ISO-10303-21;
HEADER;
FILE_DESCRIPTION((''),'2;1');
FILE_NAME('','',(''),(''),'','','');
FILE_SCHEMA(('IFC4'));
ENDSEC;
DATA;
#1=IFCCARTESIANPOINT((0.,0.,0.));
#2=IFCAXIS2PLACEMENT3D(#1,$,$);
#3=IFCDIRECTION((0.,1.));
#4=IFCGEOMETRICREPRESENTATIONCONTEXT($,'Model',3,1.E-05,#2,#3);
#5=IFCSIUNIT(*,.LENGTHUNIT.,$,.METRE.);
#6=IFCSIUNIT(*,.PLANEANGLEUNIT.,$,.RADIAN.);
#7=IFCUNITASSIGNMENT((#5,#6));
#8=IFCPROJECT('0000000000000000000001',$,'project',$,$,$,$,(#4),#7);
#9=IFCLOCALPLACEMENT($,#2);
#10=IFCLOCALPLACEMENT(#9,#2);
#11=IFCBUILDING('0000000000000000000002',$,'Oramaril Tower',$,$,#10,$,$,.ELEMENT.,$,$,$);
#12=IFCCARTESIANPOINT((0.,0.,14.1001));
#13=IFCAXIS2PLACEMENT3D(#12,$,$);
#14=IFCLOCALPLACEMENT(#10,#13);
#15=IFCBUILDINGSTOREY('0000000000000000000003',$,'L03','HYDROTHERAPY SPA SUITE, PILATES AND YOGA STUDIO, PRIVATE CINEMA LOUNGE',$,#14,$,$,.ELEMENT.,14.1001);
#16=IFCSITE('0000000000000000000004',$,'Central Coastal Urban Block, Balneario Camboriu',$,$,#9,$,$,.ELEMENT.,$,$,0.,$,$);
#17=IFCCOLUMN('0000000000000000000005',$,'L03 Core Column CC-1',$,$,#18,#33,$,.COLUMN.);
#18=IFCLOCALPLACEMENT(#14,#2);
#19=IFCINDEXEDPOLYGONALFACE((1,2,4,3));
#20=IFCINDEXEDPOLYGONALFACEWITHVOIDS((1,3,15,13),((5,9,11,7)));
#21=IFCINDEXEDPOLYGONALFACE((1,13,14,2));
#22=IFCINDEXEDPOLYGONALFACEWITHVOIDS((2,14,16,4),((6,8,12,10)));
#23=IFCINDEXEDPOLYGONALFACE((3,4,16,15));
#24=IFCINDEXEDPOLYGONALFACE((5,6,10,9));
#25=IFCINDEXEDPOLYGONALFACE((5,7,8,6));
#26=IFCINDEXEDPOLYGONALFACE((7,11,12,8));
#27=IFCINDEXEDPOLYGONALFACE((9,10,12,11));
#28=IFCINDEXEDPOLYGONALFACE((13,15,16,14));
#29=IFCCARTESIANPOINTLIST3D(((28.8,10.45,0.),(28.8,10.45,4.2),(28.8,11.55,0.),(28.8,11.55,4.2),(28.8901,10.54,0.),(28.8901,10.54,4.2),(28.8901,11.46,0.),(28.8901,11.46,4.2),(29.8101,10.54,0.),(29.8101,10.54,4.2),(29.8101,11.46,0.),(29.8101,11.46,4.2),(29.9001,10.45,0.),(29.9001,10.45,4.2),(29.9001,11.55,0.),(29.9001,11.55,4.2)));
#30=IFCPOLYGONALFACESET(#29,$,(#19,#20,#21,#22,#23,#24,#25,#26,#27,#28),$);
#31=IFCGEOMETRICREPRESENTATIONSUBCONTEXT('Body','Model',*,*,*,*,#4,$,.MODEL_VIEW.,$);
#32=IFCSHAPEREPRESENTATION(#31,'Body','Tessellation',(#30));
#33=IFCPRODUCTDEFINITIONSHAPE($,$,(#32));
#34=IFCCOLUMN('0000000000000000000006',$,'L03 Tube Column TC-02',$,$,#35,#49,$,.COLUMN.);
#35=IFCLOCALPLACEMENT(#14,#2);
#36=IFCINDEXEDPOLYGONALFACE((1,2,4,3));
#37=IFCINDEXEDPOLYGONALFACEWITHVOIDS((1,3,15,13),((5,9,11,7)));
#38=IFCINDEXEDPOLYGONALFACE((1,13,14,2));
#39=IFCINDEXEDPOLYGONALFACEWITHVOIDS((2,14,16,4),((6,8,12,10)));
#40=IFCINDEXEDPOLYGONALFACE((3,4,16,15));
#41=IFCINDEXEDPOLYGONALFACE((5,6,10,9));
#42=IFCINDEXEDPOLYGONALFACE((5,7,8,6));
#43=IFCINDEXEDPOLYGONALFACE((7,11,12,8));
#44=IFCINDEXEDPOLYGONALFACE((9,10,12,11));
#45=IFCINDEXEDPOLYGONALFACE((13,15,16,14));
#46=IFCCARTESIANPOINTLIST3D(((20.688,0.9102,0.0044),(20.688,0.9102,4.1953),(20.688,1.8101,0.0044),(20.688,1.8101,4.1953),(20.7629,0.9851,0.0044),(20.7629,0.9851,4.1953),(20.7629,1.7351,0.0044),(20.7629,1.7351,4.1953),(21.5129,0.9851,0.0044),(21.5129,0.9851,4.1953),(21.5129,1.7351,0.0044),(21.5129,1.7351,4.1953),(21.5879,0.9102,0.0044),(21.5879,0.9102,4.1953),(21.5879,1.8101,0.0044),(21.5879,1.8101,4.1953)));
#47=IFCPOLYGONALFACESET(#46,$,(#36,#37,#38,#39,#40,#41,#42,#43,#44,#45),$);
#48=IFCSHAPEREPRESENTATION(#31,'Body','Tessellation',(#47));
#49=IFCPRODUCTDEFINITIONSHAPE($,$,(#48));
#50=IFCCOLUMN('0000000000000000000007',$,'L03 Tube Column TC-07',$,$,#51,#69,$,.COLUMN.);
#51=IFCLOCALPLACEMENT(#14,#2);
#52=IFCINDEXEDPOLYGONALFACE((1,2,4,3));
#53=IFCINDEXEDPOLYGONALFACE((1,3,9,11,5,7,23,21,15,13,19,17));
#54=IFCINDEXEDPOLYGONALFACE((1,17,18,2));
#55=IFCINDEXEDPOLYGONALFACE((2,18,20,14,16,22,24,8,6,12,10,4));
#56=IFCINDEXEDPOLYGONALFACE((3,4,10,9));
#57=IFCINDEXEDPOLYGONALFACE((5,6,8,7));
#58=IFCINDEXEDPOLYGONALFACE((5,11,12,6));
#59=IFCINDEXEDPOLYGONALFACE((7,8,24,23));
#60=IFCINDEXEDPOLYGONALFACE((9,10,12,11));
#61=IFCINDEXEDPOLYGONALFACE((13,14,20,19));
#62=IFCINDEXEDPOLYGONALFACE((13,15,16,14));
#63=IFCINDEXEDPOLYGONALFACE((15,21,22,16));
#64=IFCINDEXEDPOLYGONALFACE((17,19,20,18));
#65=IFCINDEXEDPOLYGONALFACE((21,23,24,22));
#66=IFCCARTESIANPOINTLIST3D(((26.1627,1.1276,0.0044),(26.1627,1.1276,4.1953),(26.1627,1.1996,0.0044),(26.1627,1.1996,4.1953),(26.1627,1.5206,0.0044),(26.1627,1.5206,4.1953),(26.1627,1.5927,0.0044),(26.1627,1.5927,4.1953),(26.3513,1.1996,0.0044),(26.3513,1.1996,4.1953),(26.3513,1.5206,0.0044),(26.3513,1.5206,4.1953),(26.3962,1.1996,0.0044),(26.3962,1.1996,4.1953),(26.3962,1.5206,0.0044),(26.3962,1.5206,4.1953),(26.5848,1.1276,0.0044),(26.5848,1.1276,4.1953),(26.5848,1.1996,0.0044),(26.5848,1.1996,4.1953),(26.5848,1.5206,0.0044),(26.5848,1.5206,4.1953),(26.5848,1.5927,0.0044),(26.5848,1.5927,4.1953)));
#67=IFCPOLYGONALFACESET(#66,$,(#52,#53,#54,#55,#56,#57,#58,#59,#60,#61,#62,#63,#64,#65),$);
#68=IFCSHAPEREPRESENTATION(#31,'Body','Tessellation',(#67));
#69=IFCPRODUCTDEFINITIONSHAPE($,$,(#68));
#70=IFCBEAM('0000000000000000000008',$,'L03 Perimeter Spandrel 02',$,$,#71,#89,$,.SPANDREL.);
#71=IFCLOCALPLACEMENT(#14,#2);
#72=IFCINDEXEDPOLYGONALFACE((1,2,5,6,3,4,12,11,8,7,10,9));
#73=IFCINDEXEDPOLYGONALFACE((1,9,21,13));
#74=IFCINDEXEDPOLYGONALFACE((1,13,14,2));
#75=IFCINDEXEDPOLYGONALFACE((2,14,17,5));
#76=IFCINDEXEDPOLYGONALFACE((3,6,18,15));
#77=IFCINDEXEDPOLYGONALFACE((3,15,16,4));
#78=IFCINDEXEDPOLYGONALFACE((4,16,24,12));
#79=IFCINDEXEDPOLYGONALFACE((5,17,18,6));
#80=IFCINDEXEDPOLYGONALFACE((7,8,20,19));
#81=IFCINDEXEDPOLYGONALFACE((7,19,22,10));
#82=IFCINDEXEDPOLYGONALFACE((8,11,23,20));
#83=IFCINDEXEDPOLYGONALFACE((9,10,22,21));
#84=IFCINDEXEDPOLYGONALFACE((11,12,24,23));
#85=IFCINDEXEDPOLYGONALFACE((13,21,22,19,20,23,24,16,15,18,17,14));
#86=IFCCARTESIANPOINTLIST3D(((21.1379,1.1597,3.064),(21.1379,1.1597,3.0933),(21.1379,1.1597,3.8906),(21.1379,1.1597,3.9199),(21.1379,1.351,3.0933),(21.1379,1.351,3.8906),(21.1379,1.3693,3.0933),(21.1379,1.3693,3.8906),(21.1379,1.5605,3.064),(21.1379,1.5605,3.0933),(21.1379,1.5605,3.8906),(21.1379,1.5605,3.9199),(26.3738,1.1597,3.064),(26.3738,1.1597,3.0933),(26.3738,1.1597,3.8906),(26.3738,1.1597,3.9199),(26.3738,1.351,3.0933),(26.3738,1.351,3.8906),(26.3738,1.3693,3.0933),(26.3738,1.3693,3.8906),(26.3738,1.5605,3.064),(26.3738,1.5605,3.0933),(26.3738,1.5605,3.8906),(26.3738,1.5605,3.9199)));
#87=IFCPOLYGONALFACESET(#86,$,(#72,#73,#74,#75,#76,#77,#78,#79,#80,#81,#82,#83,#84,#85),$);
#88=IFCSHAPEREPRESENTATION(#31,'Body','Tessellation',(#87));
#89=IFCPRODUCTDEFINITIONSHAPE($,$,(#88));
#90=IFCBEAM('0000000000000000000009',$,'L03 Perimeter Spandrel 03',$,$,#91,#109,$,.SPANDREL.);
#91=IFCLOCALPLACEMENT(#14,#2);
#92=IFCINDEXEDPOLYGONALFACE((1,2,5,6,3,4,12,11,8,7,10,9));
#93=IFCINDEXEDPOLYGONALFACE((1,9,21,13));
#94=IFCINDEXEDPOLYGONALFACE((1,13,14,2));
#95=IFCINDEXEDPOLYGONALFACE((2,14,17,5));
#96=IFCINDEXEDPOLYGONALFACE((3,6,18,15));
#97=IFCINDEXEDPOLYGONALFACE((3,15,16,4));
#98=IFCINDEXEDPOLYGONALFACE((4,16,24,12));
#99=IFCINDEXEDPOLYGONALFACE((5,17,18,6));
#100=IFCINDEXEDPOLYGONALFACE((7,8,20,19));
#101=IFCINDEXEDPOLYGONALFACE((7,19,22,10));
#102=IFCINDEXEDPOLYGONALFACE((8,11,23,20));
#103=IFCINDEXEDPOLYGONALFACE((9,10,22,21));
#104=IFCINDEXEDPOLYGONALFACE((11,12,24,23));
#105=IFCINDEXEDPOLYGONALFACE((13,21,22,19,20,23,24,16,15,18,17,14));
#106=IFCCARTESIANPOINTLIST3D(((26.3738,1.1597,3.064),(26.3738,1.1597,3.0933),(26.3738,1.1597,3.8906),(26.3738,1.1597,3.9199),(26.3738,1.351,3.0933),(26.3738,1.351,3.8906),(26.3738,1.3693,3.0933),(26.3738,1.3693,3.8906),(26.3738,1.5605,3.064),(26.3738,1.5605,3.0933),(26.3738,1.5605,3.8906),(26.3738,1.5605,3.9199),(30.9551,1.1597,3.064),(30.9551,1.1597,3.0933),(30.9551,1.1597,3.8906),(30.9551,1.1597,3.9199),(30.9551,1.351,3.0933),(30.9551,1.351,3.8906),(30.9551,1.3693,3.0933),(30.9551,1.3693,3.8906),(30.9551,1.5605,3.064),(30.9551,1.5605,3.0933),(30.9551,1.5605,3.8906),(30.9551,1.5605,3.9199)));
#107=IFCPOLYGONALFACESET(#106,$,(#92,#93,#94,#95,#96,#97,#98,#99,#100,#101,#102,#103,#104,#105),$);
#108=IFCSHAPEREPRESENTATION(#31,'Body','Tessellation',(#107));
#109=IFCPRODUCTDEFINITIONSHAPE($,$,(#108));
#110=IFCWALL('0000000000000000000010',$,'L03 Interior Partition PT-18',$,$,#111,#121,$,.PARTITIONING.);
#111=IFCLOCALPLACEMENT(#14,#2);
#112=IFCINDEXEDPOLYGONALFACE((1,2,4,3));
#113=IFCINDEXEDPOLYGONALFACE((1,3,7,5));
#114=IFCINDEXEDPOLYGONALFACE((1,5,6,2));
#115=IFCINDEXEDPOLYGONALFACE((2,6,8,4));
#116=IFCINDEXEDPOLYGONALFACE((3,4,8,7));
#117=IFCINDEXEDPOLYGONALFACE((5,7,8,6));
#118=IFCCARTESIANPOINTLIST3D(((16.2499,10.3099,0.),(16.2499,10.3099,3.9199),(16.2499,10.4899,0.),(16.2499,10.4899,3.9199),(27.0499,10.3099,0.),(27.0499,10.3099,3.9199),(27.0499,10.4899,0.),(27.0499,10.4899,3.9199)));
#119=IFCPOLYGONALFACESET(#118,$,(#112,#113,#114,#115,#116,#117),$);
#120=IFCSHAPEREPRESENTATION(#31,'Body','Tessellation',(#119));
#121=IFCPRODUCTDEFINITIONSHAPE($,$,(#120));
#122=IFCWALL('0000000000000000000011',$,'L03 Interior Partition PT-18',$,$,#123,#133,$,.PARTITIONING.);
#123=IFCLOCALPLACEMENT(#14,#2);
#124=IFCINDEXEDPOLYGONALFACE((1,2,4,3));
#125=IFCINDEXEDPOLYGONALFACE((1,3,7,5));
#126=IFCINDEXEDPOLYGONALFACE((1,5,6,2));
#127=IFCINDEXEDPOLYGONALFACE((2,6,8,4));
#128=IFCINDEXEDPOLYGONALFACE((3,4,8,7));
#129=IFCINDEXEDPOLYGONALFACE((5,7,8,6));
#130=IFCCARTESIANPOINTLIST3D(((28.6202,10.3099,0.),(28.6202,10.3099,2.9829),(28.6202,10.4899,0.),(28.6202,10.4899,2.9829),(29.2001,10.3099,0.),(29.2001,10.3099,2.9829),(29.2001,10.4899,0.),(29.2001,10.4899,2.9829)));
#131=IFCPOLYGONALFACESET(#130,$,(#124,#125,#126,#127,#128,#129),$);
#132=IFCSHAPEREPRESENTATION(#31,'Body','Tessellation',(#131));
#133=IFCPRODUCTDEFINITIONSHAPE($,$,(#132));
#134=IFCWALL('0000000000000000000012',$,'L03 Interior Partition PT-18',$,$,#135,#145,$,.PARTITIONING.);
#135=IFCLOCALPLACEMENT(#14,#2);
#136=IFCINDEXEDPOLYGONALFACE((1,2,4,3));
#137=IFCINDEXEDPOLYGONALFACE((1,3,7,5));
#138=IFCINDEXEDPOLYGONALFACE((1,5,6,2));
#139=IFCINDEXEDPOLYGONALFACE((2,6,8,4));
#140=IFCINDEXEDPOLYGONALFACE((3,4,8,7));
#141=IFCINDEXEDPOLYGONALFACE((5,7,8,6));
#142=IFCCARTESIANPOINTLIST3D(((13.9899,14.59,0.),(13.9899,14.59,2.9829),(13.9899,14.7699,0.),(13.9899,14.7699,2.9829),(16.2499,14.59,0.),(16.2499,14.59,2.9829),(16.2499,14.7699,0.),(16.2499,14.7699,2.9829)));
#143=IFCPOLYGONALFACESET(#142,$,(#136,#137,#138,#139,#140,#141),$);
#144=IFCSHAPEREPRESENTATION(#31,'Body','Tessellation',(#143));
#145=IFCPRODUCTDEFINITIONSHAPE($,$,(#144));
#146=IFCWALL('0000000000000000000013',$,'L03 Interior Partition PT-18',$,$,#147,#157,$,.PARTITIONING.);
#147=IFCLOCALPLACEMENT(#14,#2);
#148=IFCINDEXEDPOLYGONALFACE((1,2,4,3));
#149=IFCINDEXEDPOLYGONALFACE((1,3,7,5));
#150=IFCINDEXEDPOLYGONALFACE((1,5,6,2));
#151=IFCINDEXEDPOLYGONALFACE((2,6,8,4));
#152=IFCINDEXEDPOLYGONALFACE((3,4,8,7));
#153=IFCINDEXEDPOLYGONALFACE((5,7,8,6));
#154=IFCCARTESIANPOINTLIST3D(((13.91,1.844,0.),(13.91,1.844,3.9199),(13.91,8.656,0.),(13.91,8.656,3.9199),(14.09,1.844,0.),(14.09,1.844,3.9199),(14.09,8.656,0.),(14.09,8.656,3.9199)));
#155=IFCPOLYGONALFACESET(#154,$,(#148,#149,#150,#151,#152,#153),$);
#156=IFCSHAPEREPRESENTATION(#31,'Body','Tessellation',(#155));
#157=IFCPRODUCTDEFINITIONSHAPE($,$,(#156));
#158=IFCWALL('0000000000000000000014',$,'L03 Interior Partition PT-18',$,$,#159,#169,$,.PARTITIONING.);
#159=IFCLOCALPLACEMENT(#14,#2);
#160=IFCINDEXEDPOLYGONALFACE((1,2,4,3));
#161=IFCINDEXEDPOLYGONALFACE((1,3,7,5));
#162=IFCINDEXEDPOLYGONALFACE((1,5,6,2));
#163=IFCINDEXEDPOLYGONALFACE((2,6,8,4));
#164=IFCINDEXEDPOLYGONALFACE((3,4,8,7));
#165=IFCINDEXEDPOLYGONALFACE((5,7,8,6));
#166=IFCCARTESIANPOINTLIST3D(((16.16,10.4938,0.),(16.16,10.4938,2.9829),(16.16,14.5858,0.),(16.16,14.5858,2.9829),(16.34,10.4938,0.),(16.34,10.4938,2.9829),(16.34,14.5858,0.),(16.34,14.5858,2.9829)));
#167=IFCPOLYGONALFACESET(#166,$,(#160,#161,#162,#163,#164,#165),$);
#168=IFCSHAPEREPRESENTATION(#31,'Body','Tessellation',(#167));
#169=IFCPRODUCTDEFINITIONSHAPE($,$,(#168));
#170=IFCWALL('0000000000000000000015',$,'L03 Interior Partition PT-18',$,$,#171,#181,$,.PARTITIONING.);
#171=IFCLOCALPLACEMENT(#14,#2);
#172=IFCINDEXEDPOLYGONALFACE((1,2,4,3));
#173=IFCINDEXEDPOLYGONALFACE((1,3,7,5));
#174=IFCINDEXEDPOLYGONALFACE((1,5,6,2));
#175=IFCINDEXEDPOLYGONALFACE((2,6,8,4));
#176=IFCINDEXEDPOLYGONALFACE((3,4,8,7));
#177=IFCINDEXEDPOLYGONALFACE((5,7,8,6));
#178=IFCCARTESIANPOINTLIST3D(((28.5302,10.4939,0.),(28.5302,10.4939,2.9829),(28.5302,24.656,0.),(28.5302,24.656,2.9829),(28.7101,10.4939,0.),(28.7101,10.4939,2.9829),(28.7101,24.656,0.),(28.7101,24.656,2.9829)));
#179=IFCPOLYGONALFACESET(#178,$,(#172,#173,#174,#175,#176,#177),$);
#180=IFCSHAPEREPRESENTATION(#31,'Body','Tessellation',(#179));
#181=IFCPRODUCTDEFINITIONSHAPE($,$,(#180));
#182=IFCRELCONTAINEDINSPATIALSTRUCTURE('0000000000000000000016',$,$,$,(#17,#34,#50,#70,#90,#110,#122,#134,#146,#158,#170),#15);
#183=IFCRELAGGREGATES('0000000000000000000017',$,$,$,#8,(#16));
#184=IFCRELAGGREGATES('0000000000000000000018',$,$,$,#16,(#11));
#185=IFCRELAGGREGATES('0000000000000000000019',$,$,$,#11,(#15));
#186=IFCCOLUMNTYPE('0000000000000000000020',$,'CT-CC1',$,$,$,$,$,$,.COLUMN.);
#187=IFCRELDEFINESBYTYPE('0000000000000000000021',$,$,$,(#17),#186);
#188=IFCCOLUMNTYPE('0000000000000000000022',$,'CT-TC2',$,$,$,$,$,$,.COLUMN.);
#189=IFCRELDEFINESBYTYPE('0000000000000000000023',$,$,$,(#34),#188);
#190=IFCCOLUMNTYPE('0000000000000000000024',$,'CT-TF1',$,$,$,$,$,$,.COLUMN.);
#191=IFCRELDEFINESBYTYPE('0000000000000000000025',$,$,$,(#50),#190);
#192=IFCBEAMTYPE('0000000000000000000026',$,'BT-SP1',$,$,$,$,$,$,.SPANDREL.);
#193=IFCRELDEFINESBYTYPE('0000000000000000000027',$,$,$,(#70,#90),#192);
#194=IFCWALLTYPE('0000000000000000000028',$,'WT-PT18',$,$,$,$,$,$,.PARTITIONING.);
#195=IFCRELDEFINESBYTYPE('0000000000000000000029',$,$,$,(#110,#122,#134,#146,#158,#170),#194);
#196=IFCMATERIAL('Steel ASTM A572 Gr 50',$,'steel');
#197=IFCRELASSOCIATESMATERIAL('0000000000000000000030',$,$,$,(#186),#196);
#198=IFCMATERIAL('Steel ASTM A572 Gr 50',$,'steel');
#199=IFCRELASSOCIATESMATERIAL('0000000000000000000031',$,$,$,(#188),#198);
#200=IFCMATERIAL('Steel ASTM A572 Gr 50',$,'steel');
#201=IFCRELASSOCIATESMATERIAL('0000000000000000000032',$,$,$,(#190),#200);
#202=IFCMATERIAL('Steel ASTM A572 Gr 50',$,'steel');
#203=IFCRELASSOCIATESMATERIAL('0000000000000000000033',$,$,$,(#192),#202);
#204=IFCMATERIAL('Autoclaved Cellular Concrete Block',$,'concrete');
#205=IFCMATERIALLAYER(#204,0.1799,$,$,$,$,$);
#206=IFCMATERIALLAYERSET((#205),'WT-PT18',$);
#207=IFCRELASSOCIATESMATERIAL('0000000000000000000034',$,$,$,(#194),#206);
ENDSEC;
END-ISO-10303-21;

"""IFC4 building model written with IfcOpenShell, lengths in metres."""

from ifc_helpers import new_model, si_unit, direction, frame, frame_2d, origin, origin_2d, place, context, subcontext, project, spatial, rectangle, hollow_rectangle, i_section, extrude, material, layer, layer_set, material_profile, profile_set, type_object, element, save


model = new_model("IFC4")

# Units and contexts
model_context = context("Model", 3, precision=1e-05, world=origin(), true_north=direction((0.0, 1.0)))
body_context = subcontext(model_context, "Body", "Model", "MODEL_VIEW")
ifc_project = project(units=[si_unit("LENGTHUNIT", "METRE"), si_unit("PLANEANGLEUNIT", "RADIAN")], contexts=[model_context])

# Site, building, storey
site_placement = place(None, origin())
site = spatial("IfcSite", under=ifc_project, at=site_placement, Name="Central Coastal Urban Block, Balneario Camboriu", CompositionType="ELEMENT", RefElevation=0.0)
building_placement = place(site_placement, origin())
building = spatial("IfcBuilding", under=site, at=building_placement, Name="Oramaril Tower", CompositionType="ELEMENT")
storey_placement = place(building_placement, frame((0.0, 0.0, 14.1001)))
storey = spatial("IfcBuildingStorey", under=building, at=storey_placement, Name="L03", Description="HYDROTHERAPY SPA SUITE, PILATES AND YOGA STUDIO, PRIVATE CINEMA LOUNGE", CompositionType="ELEMENT", Elevation=14.1001)

# Columns
ifc_material_1 = material(Name="Steel ASTM A572 Gr 50", Category="steel")
ifc_material_profile_1 = material_profile(ifc_material_1, hollow_rectangle(XDim=1.1001, YDim=1.1001, WallThickness=0.0901, at=origin_2d()), Name="BOX1100X1100X90")
ifc_profile_set_1 = profile_set([ifc_material_profile_1], Name="Steel ASTM A572 Gr 50")
column_type_1 = type_object("IfcColumnType", Name="CT-CC1", PredefinedType="COLUMN", material=ifc_profile_set_1)
column_1_placement = place(storey_placement, frame((29.3501, 11.0, 0.0), z_axis=(0.0, 0.0, 1.0), x_axis=(1.0, 0.0, 0.0)))
element("IfcColumn", 1, at=column_1_placement, inside=storey, type_object=column_type_1, Name="L03 Core Column CC-1", PredefinedType="COLUMN", context=body_context, shape_type="SweptSolid", body=[
    extrude(hollow_rectangle(XDim=1.1001, YDim=1.1001, WallThickness=0.0901, at=origin_2d()), origin(), (0.0, 0.0, 1.0), 4.2),
])
ifc_material_2 = material(Name="Steel ASTM A572 Gr 50", Category="steel")
ifc_material_profile_2 = material_profile(ifc_material_2, hollow_rectangle(XDim=0.8999, YDim=0.8999, WallThickness=0.075, at=origin_2d()), Name="BOX900X900X75")
ifc_profile_set_2 = profile_set([ifc_material_profile_2], Name="Steel ASTM A572 Gr 50")
column_type_2 = type_object("IfcColumnType", Name="CT-TC2", PredefinedType="COLUMN", material=ifc_profile_set_2)
column_2_placement = place(storey_placement, frame((21.1379, 1.3601, 0.0044), z_axis=(0.0, 0.0, 1.0), x_axis=(1.0, 0.0, 0.0)))
element("IfcColumn", 2, at=column_2_placement, inside=storey, type_object=column_type_2, Name="L03 Tube Column TC-02", PredefinedType="COLUMN", context=body_context, shape_type="SweptSolid", body=[
    extrude(hollow_rectangle(XDim=0.8999, YDim=0.8999, WallThickness=0.075, at=origin_2d()), origin(), (0.0, 0.0, 1.0), 4.1909),
])
ifc_material_3 = material(Name="Steel ASTM A572 Gr 50", Category="steel")
ifc_material_profile_3 = material_profile(ifc_material_3, i_section(OverallWidth=0.4221, OverallDepth=0.4651, WebThickness=0.0449, FlangeThickness=0.072, at=origin_2d()), Name="W14X398")
ifc_profile_set_3 = profile_set([ifc_material_profile_3], Name="Steel ASTM A572 Gr 50")
column_type_3 = type_object("IfcColumnType", Name="CT-TF1", PredefinedType="COLUMN", material=ifc_profile_set_3)
column_3_placement = place(storey_placement, frame((26.3738, 1.3601, 0.0044), z_axis=(0.0, 0.0, 1.0), x_axis=(1.0, 0.0, 0.0)))
element("IfcColumn", 3, at=column_3_placement, inside=storey, type_object=column_type_3, Name="L03 Tube Column TC-07", PredefinedType="COLUMN", context=body_context, shape_type="SweptSolid", body=[
    extrude(i_section(OverallWidth=0.4221, OverallDepth=0.4651, WebThickness=0.0449, FlangeThickness=0.072, at=origin_2d()), origin(), (0.0, 0.0, 1.0), 4.1909),
])

# Beams
ifc_material_4 = material(Name="Steel ASTM A572 Gr 50", Category="steel")
ifc_material_profile_4 = material_profile(ifc_material_4, i_section(OverallWidth=0.4009, OverallDepth=0.856, WebThickness=0.0183, FlangeThickness=0.0293, at=origin_2d()), Name="W33X201")
ifc_profile_set_4 = profile_set([ifc_material_profile_4], Name="Steel ASTM A572 Gr 50")
beam_type = type_object("IfcBeamType", Name="BT-SP1", PredefinedType="SPANDREL", material=ifc_profile_set_4)
beam_1_placement = place(storey_placement, frame((21.1379, 1.3601, 3.4919), z_axis=(1.0, 0.0, 0.0), x_axis=(0.0, 1.0, 0.0)))
element("IfcBeam", 4, at=beam_1_placement, inside=storey, type_object=beam_type, Name="L03 Perimeter Spandrel 02", PredefinedType="SPANDREL", context=body_context, shape_type="SweptSolid", body=[
    extrude(i_section(OverallWidth=0.4009, OverallDepth=0.856, WebThickness=0.0183, FlangeThickness=0.0293, at=origin_2d()), origin(), (0.0, 0.0, 1.0), 5.2358),
])
beam_2_placement = place(storey_placement, frame((26.3738, 1.3601, 3.4919), z_axis=(1.0, 0.0, 0.0), x_axis=(0.0, 1.0, 0.0)))
element("IfcBeam", 5, at=beam_2_placement, inside=storey, type_object=beam_type, Name="L03 Perimeter Spandrel 03", PredefinedType="SPANDREL", context=body_context, shape_type="SweptSolid", body=[
    extrude(i_section(OverallWidth=0.4009, OverallDepth=0.856, WebThickness=0.0183, FlangeThickness=0.0293, at=origin_2d()), origin(), (0.0, 0.0, 1.0), 4.5813),
])

# Shared definitions
ifc_material_5 = material(Name="Autoclaved Cellular Concrete Block", Category="concrete")
ifc_layer_1 = layer(ifc_material_5, 0.1799)
ifc_layer_set_1 = layer_set([ifc_layer_1], Name="WT-PT18")
wall_type_1 = type_object("IfcWallType", Name="WT-PT18", PredefinedType="PARTITIONING", material=ifc_layer_set_1)

# Walls
wall_1_placement = place(storey_placement, frame((16.25, 10.3999, 0.0), z_axis=(0.0, 0.0, 1.0), x_axis=(1.0, 0.0, 0.0)))
element("IfcWall", 6, at=wall_1_placement, inside=storey, type_object=wall_type_1, Name="L03 Interior Partition PT-18", PredefinedType="PARTITIONING", context=body_context, shape_type="SweptSolid", body=[
    extrude(rectangle(XDim=10.8, YDim=0.1799, at=frame_2d((5.3999, 0.0))), origin(), (0.0, 0.0, 1.0), 3.9199),
])
wall_2_placement = place(storey_placement, frame((28.6201, 10.3999, 0.0), z_axis=(0.0, 0.0, 1.0), x_axis=(1.0, 0.0, 0.0)))
element("IfcWall", 7, at=wall_2_placement, inside=storey, type_object=wall_type_1, Name="L03 Interior Partition PT-18", PredefinedType="PARTITIONING", context=body_context, shape_type="SweptSolid", body=[
    extrude(rectangle(XDim=0.5798, YDim=0.1799, at=frame_2d((0.29, 0.0))), origin(), (0.0, 0.0, 1.0), 2.9829),
])
wall_3_placement = place(storey_placement, frame((13.99, 14.6799, 0.0), z_axis=(0.0, 0.0, 1.0), x_axis=(1.0, 0.0, 0.0)))
element("IfcWall", 8, at=wall_3_placement, inside=storey, type_object=wall_type_1, Name="L03 Interior Partition PT-18", PredefinedType="PARTITIONING", context=body_context, shape_type="SweptSolid", body=[
    extrude(rectangle(XDim=2.26, YDim=0.1799, at=frame_2d((1.1299, 0.0))), origin(), (0.0, 0.0, 1.0), 2.9829),
])
wall_4_placement = place(storey_placement, frame((14.0, 1.844, 0.0), z_axis=(0.0, 0.0, 1.0), x_axis=(0.0, 1.0, 0.0)))
element("IfcWall", 9, at=wall_4_placement, inside=storey, type_object=wall_type_1, Name="L03 Interior Partition PT-18", PredefinedType="PARTITIONING", context=body_context, shape_type="SweptSolid", body=[
    extrude(rectangle(XDim=6.812, YDim=0.1799, at=frame_2d((3.406, 0.0))), origin(), (0.0, 0.0, 1.0), 3.9199),
])
wall_5_placement = place(storey_placement, frame((16.25, 10.4939, 0.0), z_axis=(0.0, 0.0, 1.0), x_axis=(0.0, 1.0, 0.0)))
element("IfcWall", 10, at=wall_5_placement, inside=storey, type_object=wall_type_1, Name="L03 Interior Partition PT-18", PredefinedType="PARTITIONING", context=body_context, shape_type="SweptSolid", body=[
    extrude(rectangle(XDim=4.092, YDim=0.1799, at=frame_2d((2.0459, 0.0))), origin(), (0.0, 0.0, 1.0), 2.9829),
])

# Wall
wall_6_placement = place(storey_placement, frame((28.6201, 10.4939, 0.0), z_axis=(0.0, 0.0, 1.0), x_axis=(0.0, 1.0, 0.0)))
element("IfcWall", 11, at=wall_6_placement, inside=storey, type_object=wall_type_1, Name="L03 Interior Partition PT-18", PredefinedType="PARTITIONING", context=body_context, shape_type="SweptSolid", body=[
    extrude(rectangle(XDim=14.1621, YDim=0.1799, at=frame_2d((7.0811, 0.0))), origin(), (0.0, 0.0, 1.0), 2.9829),
])

save(model, "model.ifc")
